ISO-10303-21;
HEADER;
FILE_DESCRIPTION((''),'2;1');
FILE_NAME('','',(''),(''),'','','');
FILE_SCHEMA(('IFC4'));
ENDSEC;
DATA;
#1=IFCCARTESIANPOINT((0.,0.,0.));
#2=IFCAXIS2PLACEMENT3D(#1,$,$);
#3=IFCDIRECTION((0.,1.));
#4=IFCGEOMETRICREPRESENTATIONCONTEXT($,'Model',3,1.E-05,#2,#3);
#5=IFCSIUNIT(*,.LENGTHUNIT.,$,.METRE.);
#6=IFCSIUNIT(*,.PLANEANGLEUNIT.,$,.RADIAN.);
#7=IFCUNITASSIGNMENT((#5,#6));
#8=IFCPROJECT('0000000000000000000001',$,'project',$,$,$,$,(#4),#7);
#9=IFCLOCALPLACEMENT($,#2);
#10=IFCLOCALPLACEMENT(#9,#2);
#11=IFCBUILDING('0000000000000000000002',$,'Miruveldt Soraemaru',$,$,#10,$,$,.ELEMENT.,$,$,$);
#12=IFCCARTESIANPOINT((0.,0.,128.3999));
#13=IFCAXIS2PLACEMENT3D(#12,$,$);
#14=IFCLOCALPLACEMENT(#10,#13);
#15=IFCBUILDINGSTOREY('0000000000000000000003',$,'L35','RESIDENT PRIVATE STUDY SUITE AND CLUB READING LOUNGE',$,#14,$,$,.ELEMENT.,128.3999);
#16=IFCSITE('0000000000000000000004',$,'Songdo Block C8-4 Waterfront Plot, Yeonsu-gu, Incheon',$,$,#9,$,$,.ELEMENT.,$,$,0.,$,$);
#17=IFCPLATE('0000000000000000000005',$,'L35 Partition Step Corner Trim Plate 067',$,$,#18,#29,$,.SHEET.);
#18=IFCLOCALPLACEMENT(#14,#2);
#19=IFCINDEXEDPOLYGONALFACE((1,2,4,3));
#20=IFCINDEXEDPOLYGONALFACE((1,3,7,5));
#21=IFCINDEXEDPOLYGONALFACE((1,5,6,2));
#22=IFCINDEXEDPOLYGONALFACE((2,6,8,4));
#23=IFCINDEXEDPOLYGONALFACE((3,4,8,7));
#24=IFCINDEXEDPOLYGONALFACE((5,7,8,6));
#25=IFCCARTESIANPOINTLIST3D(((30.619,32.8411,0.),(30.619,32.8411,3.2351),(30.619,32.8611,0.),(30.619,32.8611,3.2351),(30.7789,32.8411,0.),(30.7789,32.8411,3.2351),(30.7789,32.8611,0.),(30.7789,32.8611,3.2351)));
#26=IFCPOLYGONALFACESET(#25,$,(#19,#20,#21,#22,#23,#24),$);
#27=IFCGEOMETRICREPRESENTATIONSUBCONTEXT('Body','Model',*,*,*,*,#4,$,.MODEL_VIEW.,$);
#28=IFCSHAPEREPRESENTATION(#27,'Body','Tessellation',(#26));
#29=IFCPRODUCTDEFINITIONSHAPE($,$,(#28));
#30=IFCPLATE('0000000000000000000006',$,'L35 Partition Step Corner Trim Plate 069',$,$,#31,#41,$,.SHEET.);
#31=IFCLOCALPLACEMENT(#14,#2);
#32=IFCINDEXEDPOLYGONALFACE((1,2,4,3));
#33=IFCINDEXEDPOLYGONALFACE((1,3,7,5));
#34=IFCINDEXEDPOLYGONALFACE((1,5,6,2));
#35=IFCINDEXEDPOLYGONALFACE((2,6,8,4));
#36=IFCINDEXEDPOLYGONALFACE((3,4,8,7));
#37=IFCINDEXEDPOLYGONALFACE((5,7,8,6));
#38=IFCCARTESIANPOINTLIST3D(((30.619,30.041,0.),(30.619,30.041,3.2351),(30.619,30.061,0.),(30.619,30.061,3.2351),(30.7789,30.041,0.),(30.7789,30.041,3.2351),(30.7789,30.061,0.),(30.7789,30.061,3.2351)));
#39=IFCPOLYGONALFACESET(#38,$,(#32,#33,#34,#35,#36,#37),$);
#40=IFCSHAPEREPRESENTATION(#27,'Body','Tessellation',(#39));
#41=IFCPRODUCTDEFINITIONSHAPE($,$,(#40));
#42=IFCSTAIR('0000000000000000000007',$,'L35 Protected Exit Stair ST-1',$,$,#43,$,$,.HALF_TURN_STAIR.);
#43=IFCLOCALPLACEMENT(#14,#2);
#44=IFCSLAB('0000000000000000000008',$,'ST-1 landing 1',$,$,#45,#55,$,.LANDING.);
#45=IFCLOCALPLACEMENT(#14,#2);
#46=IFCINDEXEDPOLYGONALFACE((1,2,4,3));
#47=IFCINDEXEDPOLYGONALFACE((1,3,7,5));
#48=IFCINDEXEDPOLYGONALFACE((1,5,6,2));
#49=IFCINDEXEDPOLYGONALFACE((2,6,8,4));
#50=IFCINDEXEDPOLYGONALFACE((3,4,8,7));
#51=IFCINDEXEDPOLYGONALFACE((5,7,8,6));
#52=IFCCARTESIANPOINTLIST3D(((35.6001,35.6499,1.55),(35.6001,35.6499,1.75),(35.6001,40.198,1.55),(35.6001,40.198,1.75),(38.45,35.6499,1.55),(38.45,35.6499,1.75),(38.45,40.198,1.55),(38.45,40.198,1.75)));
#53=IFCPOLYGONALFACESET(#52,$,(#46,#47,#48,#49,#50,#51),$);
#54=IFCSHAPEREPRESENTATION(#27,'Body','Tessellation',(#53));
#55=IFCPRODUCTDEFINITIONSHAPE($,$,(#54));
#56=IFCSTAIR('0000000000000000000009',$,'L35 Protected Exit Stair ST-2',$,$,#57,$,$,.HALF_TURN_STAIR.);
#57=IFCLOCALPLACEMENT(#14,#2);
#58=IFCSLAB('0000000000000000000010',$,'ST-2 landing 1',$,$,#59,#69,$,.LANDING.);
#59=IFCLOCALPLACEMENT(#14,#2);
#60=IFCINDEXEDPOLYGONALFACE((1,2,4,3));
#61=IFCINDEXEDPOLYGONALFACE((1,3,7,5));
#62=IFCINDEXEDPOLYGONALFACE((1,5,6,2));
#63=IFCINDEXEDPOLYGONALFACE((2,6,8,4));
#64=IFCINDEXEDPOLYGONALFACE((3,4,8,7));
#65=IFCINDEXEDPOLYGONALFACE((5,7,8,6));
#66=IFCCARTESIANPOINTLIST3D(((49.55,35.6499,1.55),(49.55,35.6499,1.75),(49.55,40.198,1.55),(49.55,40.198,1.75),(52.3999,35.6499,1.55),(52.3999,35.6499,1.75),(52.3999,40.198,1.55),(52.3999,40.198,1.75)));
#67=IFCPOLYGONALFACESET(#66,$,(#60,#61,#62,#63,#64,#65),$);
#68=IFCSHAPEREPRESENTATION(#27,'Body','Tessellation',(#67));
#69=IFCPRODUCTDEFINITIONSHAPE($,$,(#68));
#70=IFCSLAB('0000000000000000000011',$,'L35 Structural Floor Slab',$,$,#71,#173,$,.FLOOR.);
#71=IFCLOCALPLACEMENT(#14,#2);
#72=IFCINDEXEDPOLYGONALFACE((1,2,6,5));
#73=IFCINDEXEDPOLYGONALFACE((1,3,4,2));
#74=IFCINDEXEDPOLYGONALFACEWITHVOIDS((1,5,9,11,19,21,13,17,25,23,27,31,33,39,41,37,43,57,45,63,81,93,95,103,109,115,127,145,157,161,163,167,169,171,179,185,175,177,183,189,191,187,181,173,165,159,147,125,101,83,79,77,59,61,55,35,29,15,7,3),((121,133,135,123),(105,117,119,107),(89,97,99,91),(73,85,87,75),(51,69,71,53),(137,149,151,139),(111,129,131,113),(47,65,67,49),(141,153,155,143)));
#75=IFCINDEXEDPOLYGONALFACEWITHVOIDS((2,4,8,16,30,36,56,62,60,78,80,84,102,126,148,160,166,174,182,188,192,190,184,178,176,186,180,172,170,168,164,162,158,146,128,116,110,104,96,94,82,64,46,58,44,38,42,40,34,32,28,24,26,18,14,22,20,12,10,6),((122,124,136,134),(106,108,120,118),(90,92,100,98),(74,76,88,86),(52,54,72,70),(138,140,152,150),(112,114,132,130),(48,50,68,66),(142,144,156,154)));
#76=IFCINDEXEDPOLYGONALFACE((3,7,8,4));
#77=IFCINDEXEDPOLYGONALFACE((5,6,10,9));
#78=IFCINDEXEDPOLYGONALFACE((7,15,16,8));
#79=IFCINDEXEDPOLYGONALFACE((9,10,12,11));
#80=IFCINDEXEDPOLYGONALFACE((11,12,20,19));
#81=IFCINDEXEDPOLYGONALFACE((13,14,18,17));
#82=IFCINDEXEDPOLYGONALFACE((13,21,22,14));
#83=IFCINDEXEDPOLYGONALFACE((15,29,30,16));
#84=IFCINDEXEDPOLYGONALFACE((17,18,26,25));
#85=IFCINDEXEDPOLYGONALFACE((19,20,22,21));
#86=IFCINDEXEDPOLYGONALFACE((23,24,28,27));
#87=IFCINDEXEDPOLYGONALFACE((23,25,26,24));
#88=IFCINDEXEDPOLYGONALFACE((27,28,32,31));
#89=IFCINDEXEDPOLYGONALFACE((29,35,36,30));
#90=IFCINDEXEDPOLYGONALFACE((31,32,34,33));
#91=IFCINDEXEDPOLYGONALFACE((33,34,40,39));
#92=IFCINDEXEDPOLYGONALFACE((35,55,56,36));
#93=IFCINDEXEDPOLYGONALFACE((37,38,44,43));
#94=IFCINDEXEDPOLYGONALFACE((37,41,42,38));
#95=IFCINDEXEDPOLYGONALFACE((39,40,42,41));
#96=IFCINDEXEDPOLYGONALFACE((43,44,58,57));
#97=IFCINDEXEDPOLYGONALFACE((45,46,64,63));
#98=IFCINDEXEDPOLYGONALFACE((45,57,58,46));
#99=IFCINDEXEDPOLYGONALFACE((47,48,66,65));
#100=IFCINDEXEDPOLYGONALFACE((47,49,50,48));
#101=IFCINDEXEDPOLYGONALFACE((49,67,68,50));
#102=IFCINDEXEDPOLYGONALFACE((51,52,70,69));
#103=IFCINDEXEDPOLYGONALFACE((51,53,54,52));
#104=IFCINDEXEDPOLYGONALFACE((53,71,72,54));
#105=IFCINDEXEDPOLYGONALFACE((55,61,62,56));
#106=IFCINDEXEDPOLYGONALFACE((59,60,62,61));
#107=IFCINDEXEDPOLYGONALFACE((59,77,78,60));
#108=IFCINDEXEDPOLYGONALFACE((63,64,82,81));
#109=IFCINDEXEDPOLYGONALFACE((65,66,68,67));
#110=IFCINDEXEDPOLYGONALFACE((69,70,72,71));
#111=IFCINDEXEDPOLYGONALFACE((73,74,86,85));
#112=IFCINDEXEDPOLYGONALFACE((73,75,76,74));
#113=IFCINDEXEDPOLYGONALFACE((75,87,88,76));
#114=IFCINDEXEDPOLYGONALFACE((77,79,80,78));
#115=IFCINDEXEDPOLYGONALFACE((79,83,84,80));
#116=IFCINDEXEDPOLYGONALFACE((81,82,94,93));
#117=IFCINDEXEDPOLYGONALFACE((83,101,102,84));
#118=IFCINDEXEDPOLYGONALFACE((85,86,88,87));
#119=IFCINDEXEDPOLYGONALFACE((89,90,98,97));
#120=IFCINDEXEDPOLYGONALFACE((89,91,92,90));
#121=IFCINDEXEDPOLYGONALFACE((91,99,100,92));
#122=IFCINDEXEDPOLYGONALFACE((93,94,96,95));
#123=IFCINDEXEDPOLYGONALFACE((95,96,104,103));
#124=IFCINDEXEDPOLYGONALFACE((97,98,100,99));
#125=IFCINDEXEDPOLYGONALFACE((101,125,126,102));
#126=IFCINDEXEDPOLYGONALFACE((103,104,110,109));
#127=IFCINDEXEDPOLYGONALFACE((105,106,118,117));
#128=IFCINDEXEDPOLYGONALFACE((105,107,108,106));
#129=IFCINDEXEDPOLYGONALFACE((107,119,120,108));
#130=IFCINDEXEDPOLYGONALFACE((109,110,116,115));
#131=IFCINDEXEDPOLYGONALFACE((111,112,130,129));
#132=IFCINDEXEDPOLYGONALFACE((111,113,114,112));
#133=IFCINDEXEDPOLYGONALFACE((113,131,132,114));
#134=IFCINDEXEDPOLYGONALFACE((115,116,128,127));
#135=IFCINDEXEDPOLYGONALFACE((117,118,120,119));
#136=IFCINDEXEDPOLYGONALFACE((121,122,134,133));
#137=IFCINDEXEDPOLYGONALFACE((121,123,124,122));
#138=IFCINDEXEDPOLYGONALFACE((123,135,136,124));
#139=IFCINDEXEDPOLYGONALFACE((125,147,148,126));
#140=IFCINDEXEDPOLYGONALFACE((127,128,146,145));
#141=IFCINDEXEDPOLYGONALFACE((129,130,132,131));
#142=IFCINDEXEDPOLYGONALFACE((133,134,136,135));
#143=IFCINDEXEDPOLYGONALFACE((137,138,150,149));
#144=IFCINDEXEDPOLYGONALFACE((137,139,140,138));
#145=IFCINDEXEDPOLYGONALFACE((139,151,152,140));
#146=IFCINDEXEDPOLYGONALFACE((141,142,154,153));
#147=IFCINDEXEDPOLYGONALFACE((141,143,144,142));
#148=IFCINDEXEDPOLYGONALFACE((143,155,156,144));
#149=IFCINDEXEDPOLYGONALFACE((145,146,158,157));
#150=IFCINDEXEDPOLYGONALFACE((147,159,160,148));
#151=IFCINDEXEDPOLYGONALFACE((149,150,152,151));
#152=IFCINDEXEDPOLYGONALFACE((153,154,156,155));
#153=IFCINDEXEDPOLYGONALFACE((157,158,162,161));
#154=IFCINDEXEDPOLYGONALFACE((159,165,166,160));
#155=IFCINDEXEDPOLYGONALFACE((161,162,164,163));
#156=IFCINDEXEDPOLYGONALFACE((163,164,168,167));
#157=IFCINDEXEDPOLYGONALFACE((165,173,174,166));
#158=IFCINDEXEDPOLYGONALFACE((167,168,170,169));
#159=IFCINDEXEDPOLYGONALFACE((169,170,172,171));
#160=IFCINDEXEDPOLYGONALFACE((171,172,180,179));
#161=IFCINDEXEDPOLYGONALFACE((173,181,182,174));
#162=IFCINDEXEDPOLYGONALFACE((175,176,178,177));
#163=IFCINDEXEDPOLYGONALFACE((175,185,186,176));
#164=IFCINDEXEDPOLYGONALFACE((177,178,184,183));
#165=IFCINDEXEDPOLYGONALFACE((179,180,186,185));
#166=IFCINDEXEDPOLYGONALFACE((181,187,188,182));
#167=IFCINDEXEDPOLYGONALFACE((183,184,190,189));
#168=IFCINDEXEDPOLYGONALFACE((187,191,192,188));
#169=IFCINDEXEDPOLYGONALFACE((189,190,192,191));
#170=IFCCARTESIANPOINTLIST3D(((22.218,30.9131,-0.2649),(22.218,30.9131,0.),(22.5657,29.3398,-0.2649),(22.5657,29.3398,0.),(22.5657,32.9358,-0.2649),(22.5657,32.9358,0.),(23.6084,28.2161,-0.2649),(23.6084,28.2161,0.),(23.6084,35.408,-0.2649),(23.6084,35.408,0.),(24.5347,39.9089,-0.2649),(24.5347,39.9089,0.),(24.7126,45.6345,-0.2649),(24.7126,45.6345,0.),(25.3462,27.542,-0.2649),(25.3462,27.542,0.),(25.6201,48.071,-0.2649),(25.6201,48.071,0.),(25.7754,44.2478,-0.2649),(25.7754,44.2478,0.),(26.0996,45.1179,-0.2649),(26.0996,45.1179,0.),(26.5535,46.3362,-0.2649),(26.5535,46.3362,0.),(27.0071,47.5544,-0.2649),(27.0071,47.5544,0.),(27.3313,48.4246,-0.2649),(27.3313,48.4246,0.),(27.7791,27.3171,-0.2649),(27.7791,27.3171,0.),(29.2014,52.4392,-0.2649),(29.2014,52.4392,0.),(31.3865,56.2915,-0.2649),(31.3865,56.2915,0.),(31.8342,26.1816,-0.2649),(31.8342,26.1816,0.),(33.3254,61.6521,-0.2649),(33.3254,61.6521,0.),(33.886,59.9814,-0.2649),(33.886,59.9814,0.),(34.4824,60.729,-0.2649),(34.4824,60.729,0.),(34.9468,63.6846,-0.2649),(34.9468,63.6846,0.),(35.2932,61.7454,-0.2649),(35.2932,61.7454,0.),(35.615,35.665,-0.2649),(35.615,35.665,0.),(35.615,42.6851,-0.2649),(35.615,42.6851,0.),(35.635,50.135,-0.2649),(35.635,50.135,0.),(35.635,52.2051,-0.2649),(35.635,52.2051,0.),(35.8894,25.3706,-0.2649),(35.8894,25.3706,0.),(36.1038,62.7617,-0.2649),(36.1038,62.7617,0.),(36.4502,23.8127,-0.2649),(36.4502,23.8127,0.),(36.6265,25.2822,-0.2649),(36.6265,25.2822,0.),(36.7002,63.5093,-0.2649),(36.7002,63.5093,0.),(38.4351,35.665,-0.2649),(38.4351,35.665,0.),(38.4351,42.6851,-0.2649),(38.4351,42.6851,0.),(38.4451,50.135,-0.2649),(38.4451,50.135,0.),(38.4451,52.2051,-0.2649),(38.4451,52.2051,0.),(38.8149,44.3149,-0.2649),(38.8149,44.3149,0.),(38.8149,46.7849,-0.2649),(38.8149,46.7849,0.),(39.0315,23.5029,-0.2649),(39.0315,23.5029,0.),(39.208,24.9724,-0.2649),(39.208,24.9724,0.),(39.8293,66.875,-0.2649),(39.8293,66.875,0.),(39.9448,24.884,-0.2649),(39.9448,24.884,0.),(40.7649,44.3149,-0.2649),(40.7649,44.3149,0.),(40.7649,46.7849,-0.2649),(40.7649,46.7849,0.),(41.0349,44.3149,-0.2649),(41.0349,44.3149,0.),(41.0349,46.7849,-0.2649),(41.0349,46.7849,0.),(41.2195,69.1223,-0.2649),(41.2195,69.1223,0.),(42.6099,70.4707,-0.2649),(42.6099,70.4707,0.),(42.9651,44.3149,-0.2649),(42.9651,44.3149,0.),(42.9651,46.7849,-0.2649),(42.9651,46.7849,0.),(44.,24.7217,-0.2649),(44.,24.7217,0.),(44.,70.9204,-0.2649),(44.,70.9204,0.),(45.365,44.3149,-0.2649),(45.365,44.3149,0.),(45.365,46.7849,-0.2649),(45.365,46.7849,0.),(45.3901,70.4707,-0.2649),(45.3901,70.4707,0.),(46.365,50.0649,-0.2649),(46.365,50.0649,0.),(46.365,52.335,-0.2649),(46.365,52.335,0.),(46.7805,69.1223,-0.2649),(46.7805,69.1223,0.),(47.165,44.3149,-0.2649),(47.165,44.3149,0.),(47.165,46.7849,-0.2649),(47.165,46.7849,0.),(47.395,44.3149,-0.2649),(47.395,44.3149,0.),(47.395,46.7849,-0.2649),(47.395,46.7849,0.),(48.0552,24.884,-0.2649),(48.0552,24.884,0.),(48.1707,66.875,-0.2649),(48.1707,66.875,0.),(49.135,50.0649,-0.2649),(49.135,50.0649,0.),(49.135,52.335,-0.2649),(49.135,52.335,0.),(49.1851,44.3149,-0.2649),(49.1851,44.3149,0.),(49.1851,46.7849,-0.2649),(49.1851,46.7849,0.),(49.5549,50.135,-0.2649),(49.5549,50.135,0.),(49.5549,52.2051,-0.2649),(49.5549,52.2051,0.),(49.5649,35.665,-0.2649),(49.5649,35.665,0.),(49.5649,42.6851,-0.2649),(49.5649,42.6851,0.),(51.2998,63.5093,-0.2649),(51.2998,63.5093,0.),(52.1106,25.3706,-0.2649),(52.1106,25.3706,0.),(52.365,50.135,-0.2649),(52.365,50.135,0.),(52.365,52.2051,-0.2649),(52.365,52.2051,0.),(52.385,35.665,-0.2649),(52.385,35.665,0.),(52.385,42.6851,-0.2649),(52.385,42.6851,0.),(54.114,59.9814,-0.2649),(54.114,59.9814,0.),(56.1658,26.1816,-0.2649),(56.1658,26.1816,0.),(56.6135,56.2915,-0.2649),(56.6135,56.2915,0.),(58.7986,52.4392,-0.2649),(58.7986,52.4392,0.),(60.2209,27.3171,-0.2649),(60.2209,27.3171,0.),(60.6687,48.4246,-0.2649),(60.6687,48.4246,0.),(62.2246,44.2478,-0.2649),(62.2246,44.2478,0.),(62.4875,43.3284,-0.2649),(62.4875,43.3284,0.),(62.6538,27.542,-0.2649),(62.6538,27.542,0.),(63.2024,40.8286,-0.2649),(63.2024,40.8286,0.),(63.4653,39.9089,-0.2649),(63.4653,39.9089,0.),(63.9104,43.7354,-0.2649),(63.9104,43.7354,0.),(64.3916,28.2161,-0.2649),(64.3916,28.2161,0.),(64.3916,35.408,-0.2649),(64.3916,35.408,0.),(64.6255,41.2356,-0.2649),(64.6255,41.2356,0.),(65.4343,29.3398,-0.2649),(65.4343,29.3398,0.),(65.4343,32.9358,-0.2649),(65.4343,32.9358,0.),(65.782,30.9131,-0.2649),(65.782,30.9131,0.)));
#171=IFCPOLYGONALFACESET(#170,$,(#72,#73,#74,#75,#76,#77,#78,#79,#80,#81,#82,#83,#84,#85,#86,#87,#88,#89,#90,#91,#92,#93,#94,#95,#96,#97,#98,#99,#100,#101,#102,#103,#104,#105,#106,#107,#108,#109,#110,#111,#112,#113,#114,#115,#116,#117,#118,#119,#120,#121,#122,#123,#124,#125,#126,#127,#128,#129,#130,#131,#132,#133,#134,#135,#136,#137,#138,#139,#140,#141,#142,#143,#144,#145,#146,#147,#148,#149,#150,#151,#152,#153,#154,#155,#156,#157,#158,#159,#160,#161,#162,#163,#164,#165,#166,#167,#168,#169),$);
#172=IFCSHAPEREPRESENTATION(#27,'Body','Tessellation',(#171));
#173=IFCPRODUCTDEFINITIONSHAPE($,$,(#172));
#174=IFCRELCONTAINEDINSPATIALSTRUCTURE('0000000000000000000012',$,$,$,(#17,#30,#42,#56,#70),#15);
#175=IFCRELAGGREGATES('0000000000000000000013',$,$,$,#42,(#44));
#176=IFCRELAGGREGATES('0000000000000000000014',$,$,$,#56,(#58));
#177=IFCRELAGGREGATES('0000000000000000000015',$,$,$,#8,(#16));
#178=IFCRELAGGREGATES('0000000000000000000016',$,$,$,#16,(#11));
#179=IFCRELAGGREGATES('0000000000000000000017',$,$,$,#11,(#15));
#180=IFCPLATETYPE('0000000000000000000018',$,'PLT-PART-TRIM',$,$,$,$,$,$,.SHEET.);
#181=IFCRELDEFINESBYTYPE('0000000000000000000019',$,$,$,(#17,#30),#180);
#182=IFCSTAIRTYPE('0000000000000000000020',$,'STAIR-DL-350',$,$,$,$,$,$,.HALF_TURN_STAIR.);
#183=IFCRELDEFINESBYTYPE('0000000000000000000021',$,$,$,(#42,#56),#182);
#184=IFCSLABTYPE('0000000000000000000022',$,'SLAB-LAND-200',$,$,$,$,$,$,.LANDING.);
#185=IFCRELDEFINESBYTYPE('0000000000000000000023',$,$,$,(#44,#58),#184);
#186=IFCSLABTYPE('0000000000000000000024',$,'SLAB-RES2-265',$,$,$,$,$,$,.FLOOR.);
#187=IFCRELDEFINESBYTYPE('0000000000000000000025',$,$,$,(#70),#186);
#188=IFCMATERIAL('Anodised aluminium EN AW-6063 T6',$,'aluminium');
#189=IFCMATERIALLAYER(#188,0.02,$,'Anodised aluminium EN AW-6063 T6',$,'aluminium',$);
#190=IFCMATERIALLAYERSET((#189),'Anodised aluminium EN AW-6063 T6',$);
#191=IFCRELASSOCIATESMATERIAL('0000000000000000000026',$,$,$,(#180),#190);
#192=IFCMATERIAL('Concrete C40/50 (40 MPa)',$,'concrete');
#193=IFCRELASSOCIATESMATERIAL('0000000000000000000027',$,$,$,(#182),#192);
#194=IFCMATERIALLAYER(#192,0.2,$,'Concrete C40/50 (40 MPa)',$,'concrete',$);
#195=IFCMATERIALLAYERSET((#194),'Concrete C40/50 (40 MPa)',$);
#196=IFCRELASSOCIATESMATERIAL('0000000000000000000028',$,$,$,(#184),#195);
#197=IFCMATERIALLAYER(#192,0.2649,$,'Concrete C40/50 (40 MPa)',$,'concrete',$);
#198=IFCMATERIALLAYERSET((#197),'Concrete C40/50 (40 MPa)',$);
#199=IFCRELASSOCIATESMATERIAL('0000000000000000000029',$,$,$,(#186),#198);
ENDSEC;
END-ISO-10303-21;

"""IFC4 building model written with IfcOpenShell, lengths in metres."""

from ifc_helpers import new_model, si_unit, direction, frame, origin, origin_2d, place, context, subcontext, project, spatial, polyline, rectangle, outline, extrude, material, layer, layer_set, type_object, element, aggregate, save


model = new_model("IFC4")

# Units and contexts
model_context = context("Model", 3, precision=1e-05, world=origin(), true_north=direction((0.0, 1.0)))
body_context = subcontext(model_context, "Body", "Model", "MODEL_VIEW")
ifc_project = project(units=[si_unit("LENGTHUNIT", "METRE"), si_unit("PLANEANGLEUNIT", "RADIAN")], contexts=[model_context])

# Site, building, storey
site_placement = place(None, origin())
site = spatial("IfcSite", under=ifc_project, at=site_placement, Name="Songdo Block C8-4 Waterfront Plot, Yeonsu-gu, Incheon", CompositionType="ELEMENT", RefElevation=0.0)
building_placement = place(site_placement, origin())
building = spatial("IfcBuilding", under=site, at=building_placement, Name="Miruveldt Soraemaru", CompositionType="ELEMENT")
storey_placement = place(building_placement, frame((0.0, 0.0, 128.3999)))
storey = spatial("IfcBuildingStorey", under=building, at=storey_placement, Name="L35", Description="RESIDENT PRIVATE STUDY SUITE AND CLUB READING LOUNGE", CompositionType="ELEMENT", Elevation=128.3999)

# Plates
ifc_material_1 = material(Name="Anodised aluminium EN AW-6063 T6", Category="aluminium")
ifc_layer_1 = layer(ifc_material_1, 0.02, Name="Anodised aluminium EN AW-6063 T6", Category="aluminium")
ifc_layer_set_1 = layer_set([ifc_layer_1], Name="Anodised aluminium EN AW-6063 T6")
plate_type = type_object("IfcPlateType", Name="PLT-PART-TRIM", PredefinedType="SHEET", material=ifc_layer_set_1)
for number, where, z_axis, x_axis, name in (
    (1, (30.699, 32.8511, 0.0), (0.0, 0.0, 1.0), (-1.0, 0.0, 0.0), "L35 Partition Step Corner Trim Plate 067"),
    (2, (30.699, 30.051, 0.0), (0.0, 0.0, 1.0), (1.0, 0.0, 0.0), "L35 Partition Step Corner Trim Plate 069"),
):
    element("IfcPlate", number, at=place(storey_placement, frame(where, z_axis=z_axis, x_axis=x_axis)), inside=storey, type_object=plate_type, Name=name, PredefinedType="SHEET", context=body_context, shape_type="SweptSolid", body=[
        extrude(rectangle(XDim=0.1599, YDim=0.02, at=origin_2d()), origin(), (0.0, 0.0, 1.0), 3.2351),
    ])

# Stairs, slabs
ifc_material_2 = material(Name="Concrete C40/50 (40 MPa)", Category="concrete")
stair_type = type_object("IfcStairType", Name="STAIR-DL-350", PredefinedType="HALF_TURN_STAIR", material=ifc_material_2)
stair_1_placement = place(storey_placement, origin())
stair_1 = element("IfcStair", 3, at=stair_1_placement, inside=storey, type_object=stair_type, Name="L35 Protected Exit Stair ST-1", PredefinedType="HALF_TURN_STAIR")
ifc_layer_2 = layer(ifc_material_2, 0.2, Name="Concrete C40/50 (40 MPa)", Category="concrete")
ifc_layer_set_2 = layer_set([ifc_layer_2], Name="Concrete C40/50 (40 MPa)")
slab_type_1 = type_object("IfcSlabType", Name="SLAB-LAND-200", PredefinedType="LANDING", material=ifc_layer_set_2)
slab_1_placement = place(storey_placement, frame((0.0, 0.0, 1.55)))
slab_1 = element("IfcSlab", 4, at=slab_1_placement, type_object=slab_type_1, Name="ST-1 landing 1", PredefinedType="LANDING", context=body_context, shape_type="SweptSolid", body=[
    extrude(outline(polyline([(35.6001, 40.198), (35.6001, 35.6499), (38.45, 35.6499), (38.45, 40.198), (35.6001, 40.198)])), origin(), (0.0, 0.0, 1.0), 0.2),
])
aggregate(stair_1, [slab_1])
stair_2_placement = place(storey_placement, origin())
stair_2 = element("IfcStair", 5, at=stair_2_placement, inside=storey, type_object=stair_type, Name="L35 Protected Exit Stair ST-2", PredefinedType="HALF_TURN_STAIR")
slab_2_placement = place(storey_placement, frame((0.0, 0.0, 1.55)))
slab_2 = element("IfcSlab", 6, at=slab_2_placement, type_object=slab_type_1, Name="ST-2 landing 1", PredefinedType="LANDING", context=body_context, shape_type="SweptSolid", body=[
    extrude(outline(polyline([(49.55, 40.198), (49.55, 35.6499), (52.3999, 35.6499), (52.3999, 40.198), (49.55, 40.198)])), origin(), (0.0, 0.0, 1.0), 0.2),
])
aggregate(stair_2, [slab_2])

# Slab
ifc_layer_3 = layer(ifc_material_2, 0.2649, Name="Concrete C40/50 (40 MPa)", Category="concrete")
ifc_layer_set_3 = layer_set([ifc_layer_3], Name="Concrete C40/50 (40 MPa)")
slab_type_2 = type_object("IfcSlabType", Name="SLAB-RES2-265", PredefinedType="FLOOR", material=ifc_layer_set_3)
slab_3_placement = place(storey_placement, frame((0.0, 0.0, -0.2649)))
element("IfcSlab", 7, at=slab_3_placement, inside=storey, type_object=slab_type_2, Name="L35 Structural Floor Slab", PredefinedType="FLOOR", context=body_context, shape_type="SweptSolid", body=[
    extrude(outline(polyline([(36.4502, 23.8127), (36.6265, 25.2822), (35.8894, 25.3706), (31.8342, 26.1816), (27.7791, 27.3171), (25.3462, 27.542), (23.6084, 28.2161), (22.5657, 29.3398), (22.218, 30.9131), (22.5657, 32.9358), (23.6084, 35.408), (24.5347, 39.9089), (25.7754, 44.2478), (26.0996, 45.1179), (24.7126, 45.6345), (25.6201, 48.071), (27.0071, 47.5544), (26.5535, 46.3362), (27.3313, 48.4246), (29.2014, 52.4392), (31.3865, 56.2915), (33.886, 59.9814), (34.4824, 60.729), (33.3254, 61.6521), (34.9468, 63.6846), (36.1038, 62.7617), (35.2932, 61.7454), (36.7002, 63.5093), (39.8293, 66.875), (41.2195, 69.1223), (42.6099, 70.4707), (44.0, 70.9204), (45.3901, 70.4707), (46.7805, 69.1223), (48.1707, 66.875), (51.2998, 63.5093), (54.114, 59.9814), (56.6135, 56.2915), (58.7986, 52.4392), (60.6687, 48.4246), (62.2246, 44.2478), (62.4875, 43.3284), (63.9104, 43.7354), (64.6255, 41.2356), (63.2024, 40.8286), (63.4653, 39.9089), (64.3916, 35.408), (65.4343, 32.9358), (65.782, 30.9131), (65.4343, 29.3398), (64.3916, 28.2161), (62.6538, 27.542), (60.2209, 27.3171), (56.1658, 26.1816), (52.1106, 25.3706), (48.0552, 24.884), (44.0, 24.7217), (39.9448, 24.884), (37.917, 25.1272), (39.208, 24.9724), (39.0315, 23.5029), (36.4502, 23.8127)]), holes=[polyline([(35.615, 35.665), (38.4351, 35.665), (38.4351, 42.6851), (35.615, 42.6851), (35.615, 35.665)]), polyline([(49.5649, 35.665), (52.385, 35.665), (52.385, 42.6851), (49.5649, 42.6851), (49.5649, 35.665)]), polyline([(40.7649, 44.3149), (40.7649, 46.7849), (38.8149, 46.7849), (38.8149, 44.3149), (40.7649, 44.3149)]), polyline([(42.9651, 44.3149), (42.9651, 46.7849), (41.0349, 46.7849), (41.0349, 44.3149), (42.9651, 44.3149)]), polyline([(47.165, 44.3149), (47.165, 46.7849), (45.365, 46.7849), (45.365, 44.3149), (47.165, 44.3149)]), polyline([(49.1851, 44.3149), (49.1851, 46.7849), (47.395, 46.7849), (47.395, 44.3149), (49.1851, 44.3149)]), polyline([(38.4451, 50.135), (38.4451, 52.2051), (35.635, 52.2051), (35.635, 50.135), (38.4451, 50.135)]), polyline([(49.5549, 50.135), (52.365, 50.135), (52.365, 52.2051), (49.5549, 52.2051), (49.5549, 50.135)]), polyline([(46.365, 50.0649), (49.135, 50.0649), (49.135, 52.335), (46.365, 52.335), (46.365, 50.0649)])]), origin(), (0.0, 0.0, 1.0), 0.2649),
])

save(model, "model.ifc")
